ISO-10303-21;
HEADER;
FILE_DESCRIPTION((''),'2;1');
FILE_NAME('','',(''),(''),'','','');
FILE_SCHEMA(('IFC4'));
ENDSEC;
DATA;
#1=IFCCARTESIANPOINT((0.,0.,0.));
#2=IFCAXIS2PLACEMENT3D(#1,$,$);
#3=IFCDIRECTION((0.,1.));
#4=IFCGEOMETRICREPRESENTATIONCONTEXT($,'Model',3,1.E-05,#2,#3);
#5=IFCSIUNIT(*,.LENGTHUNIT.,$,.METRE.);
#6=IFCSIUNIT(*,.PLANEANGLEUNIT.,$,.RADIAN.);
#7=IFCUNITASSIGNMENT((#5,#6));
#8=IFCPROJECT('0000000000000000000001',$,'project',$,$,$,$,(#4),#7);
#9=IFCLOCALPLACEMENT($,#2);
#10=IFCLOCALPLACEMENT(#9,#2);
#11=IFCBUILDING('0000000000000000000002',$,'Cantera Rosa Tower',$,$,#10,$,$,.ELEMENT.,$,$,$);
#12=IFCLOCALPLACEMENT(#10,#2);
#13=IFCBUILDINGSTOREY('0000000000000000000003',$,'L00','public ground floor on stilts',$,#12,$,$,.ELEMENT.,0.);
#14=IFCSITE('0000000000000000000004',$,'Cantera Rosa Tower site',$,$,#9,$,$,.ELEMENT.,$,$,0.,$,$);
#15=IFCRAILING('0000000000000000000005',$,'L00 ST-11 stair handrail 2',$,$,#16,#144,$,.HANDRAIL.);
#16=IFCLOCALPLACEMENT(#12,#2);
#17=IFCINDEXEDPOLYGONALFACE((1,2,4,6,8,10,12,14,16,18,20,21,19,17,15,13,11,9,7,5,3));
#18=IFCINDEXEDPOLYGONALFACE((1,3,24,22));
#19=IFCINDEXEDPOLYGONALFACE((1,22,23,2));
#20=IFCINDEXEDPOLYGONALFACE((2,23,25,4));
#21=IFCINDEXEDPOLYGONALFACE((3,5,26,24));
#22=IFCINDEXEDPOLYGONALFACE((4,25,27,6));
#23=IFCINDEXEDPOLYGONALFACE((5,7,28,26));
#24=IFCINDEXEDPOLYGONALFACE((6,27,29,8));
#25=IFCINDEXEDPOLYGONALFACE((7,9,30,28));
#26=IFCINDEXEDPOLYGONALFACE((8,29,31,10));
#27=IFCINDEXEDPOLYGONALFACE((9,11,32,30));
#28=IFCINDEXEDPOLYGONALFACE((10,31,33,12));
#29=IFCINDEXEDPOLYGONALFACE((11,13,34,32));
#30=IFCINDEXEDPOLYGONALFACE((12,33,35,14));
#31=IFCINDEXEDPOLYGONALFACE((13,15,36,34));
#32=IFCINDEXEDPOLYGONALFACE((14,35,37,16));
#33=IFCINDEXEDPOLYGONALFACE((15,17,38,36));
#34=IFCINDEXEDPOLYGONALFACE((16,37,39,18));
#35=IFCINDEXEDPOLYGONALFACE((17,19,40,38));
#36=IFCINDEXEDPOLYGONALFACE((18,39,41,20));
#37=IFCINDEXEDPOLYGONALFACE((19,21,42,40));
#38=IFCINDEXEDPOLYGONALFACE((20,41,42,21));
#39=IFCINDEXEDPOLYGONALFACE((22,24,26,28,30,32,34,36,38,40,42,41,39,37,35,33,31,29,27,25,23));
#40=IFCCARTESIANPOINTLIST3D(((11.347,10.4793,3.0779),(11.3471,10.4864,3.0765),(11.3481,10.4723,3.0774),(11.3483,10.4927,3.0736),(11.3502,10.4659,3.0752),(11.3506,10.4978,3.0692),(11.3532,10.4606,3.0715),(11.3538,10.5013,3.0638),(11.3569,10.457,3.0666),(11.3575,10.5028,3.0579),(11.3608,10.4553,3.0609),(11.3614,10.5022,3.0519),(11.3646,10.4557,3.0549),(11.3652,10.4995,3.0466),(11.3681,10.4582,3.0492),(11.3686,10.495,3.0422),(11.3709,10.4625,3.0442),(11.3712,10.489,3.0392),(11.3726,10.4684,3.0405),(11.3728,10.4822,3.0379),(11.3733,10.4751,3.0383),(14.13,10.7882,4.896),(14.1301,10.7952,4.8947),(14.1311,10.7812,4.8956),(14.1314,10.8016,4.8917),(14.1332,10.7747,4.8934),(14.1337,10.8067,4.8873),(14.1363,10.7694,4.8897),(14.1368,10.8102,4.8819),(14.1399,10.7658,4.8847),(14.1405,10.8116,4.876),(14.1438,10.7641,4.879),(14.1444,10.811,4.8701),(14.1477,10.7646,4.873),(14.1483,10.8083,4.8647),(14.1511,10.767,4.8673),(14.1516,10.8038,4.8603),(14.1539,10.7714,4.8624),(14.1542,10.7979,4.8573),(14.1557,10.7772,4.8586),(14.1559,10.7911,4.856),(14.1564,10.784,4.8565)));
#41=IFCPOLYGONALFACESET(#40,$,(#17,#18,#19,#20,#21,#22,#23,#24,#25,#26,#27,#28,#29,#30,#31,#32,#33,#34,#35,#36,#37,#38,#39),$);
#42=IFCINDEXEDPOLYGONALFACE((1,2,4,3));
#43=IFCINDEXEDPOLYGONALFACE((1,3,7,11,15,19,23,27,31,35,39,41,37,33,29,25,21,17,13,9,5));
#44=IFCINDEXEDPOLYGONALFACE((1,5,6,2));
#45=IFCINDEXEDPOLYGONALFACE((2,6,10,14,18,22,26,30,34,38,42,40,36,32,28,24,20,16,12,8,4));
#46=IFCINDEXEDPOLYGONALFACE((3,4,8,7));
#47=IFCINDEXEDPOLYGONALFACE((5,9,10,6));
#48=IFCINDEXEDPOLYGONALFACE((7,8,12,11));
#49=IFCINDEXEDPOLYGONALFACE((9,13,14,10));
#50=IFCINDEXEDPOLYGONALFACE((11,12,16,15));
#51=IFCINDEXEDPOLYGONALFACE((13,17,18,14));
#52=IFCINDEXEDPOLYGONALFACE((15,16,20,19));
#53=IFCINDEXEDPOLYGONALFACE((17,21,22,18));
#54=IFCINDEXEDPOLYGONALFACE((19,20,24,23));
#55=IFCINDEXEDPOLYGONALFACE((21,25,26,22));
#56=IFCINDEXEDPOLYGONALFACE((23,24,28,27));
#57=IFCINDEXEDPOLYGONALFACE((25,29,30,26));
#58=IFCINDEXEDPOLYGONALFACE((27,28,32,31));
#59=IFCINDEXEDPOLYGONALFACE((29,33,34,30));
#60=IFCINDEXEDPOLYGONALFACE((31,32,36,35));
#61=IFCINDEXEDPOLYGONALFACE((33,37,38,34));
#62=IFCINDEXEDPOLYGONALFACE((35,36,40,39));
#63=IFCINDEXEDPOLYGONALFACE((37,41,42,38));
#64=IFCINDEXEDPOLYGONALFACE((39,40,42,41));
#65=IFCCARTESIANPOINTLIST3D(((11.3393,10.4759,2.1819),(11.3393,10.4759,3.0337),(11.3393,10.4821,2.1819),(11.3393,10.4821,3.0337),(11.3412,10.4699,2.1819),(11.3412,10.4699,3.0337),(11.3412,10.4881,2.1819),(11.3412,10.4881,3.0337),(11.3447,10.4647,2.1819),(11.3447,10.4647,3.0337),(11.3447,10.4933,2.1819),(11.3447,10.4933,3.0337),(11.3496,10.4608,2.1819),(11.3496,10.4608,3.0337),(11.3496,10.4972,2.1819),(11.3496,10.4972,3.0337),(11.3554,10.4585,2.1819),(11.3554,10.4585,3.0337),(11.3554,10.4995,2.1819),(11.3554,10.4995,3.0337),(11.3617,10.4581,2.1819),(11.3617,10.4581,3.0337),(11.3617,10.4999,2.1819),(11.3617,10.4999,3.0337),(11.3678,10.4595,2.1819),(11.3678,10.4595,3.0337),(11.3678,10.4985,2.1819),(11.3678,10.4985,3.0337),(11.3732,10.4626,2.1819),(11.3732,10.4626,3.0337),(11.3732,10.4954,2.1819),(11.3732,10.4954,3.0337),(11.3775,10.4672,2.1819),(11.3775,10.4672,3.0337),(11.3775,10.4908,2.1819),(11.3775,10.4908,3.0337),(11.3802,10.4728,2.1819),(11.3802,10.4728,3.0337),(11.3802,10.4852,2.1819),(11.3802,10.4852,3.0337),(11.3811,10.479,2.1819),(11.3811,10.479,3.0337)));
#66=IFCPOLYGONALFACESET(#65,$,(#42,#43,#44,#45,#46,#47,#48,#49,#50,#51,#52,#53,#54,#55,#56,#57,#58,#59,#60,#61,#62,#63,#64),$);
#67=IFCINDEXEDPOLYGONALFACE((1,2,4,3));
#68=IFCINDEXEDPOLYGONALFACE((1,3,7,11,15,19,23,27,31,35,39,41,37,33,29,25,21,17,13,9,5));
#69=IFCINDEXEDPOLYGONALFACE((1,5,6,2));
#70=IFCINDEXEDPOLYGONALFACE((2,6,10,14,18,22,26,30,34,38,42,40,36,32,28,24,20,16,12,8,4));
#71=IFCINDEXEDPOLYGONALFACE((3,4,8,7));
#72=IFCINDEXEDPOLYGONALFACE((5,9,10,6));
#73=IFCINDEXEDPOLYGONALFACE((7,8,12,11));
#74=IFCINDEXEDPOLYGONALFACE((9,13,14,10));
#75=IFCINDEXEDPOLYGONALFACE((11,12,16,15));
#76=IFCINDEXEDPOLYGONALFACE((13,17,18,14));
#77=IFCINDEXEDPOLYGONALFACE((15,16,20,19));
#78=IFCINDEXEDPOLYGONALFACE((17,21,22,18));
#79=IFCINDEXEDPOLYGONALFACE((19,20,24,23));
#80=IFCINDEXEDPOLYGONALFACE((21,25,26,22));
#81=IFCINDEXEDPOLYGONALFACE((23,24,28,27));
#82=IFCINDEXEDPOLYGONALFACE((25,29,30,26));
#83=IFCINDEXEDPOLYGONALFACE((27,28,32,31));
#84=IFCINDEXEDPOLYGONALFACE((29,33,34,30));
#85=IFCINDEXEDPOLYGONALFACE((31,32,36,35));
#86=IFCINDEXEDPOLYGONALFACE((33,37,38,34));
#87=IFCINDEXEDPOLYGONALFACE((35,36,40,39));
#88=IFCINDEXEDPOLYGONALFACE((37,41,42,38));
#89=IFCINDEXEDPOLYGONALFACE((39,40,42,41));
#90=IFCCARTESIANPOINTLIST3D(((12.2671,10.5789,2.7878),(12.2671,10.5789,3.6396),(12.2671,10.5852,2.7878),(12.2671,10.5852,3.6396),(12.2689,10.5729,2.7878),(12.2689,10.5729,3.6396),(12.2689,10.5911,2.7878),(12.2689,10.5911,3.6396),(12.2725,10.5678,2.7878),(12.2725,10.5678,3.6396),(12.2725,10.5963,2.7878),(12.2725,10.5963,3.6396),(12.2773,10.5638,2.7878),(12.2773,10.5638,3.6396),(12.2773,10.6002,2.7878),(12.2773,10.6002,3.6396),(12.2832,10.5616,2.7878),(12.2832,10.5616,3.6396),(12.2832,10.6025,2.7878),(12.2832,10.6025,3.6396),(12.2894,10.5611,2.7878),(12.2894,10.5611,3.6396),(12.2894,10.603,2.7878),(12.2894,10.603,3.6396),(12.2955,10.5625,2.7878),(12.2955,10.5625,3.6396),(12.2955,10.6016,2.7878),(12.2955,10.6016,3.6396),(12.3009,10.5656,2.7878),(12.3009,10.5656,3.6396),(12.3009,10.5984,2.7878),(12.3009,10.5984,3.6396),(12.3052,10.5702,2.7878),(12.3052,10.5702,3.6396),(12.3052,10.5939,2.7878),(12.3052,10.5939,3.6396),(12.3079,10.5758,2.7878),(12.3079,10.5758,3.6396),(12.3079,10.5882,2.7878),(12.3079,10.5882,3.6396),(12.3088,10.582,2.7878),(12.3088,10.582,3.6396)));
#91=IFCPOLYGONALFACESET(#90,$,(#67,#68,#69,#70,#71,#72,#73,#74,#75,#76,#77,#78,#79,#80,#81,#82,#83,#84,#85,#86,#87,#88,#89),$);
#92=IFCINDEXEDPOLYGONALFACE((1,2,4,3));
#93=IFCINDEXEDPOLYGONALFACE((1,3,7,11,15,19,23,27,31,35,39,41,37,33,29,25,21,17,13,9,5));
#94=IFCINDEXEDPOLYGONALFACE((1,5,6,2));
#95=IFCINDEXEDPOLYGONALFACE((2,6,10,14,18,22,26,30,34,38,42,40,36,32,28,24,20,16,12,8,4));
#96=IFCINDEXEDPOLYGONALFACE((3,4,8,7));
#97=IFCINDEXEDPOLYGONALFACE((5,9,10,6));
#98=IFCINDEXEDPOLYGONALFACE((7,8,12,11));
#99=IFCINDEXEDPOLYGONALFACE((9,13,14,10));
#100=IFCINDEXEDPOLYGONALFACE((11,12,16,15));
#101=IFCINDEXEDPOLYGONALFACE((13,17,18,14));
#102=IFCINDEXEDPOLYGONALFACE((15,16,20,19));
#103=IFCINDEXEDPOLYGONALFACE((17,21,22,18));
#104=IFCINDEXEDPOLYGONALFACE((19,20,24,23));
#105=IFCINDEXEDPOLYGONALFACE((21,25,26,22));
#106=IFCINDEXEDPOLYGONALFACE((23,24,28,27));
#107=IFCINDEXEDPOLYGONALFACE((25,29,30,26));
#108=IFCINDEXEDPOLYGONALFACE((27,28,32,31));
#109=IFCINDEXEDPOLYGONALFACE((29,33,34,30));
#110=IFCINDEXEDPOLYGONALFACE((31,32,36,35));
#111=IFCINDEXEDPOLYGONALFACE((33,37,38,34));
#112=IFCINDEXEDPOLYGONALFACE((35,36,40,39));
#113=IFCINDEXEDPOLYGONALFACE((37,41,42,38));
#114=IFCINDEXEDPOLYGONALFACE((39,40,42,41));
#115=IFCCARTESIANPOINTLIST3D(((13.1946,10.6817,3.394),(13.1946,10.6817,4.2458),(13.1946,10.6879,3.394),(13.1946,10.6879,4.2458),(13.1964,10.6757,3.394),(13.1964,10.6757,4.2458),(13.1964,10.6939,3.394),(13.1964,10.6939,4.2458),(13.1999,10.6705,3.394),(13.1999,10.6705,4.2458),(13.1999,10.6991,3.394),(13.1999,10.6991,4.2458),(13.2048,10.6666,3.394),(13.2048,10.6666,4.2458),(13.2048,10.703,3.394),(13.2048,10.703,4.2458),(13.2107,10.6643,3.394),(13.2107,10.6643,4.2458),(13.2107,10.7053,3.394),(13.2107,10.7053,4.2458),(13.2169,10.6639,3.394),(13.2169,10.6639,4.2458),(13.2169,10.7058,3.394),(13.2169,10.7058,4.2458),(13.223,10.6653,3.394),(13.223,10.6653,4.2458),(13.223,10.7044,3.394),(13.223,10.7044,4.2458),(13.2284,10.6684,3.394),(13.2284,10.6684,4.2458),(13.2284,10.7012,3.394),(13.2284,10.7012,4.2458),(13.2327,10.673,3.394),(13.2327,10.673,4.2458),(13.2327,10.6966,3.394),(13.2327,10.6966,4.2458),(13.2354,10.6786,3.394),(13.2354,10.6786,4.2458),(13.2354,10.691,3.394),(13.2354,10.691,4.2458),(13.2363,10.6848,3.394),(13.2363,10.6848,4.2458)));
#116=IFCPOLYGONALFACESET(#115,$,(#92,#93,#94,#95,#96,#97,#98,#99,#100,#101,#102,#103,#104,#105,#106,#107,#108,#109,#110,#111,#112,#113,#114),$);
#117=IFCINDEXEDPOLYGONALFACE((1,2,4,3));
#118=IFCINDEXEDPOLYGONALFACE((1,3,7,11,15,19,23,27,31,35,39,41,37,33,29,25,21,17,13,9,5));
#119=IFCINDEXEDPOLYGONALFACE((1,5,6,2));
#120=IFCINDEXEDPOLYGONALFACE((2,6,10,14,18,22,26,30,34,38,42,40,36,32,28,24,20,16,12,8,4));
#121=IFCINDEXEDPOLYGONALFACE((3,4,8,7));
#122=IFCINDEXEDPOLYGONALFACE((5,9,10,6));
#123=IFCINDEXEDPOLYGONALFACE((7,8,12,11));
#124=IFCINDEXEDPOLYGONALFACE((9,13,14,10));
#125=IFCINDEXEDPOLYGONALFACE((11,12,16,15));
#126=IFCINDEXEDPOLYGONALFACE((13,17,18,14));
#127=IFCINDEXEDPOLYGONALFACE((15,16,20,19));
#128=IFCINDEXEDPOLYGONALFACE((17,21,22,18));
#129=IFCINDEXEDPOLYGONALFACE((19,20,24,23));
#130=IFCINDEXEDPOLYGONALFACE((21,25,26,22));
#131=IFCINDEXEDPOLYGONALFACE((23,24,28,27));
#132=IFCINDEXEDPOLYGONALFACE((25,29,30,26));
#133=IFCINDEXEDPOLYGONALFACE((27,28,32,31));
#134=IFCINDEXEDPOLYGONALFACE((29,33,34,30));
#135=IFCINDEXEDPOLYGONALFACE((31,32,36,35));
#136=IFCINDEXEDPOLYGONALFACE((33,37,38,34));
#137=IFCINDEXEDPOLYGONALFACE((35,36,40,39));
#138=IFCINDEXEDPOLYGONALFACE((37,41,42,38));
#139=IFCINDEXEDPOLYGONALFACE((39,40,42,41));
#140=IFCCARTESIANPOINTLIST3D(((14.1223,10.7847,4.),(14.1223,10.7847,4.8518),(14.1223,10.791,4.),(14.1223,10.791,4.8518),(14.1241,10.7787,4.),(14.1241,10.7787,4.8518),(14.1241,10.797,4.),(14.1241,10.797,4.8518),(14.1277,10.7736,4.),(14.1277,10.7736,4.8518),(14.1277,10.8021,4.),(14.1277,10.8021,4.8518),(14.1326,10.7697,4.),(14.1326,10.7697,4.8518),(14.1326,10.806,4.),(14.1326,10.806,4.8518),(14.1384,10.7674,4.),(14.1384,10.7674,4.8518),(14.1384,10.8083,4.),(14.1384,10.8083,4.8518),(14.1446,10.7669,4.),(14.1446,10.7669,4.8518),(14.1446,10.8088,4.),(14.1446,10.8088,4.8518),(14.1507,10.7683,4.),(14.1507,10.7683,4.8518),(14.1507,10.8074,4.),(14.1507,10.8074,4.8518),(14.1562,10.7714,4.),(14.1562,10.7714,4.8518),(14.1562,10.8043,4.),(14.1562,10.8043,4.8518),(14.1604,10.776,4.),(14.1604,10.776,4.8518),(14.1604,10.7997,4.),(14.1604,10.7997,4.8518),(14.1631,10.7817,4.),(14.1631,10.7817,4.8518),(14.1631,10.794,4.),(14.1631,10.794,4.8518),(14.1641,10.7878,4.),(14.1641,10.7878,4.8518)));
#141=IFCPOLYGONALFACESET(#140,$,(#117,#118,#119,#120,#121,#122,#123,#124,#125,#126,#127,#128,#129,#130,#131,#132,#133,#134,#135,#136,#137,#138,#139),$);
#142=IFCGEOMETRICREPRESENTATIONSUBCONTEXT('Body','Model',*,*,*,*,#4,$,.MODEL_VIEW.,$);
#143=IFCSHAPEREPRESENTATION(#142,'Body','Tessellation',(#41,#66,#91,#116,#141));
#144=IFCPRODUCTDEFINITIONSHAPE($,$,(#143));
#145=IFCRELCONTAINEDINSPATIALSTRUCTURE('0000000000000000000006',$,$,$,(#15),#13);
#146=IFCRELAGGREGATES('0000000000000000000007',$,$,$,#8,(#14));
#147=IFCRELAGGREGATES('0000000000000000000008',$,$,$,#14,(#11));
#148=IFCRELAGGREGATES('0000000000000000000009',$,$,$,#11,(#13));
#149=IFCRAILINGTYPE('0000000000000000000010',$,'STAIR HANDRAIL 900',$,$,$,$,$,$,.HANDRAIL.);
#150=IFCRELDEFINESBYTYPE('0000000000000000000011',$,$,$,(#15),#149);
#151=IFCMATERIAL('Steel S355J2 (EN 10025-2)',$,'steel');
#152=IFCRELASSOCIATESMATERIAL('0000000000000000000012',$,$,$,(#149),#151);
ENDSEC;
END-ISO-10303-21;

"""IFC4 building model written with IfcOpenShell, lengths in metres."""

from ifc_helpers import new_model, si_unit, direction, frame, origin, origin_2d, place, context, subcontext, project, spatial, circle, extrude, material, type_object, element, save


model = new_model("IFC4")

# Units and contexts
model_context = context("Model", 3, precision=1e-05, world=origin(), true_north=direction((0.0, 1.0)))
body_context = subcontext(model_context, "Body", "Model", "MODEL_VIEW")
ifc_project = project(units=[si_unit("LENGTHUNIT", "METRE"), si_unit("PLANEANGLEUNIT", "RADIAN")], contexts=[model_context])

# Site, building, storey
site_placement = place(None, origin())
site = spatial("IfcSite", under=ifc_project, at=site_placement, Name="Cantera Rosa Tower site", CompositionType="ELEMENT", RefElevation=0.0)
building_placement = place(site_placement, origin())
building = spatial("IfcBuilding", under=site, at=building_placement, Name="Cantera Rosa Tower", CompositionType="ELEMENT")
storey_placement = place(building_placement, origin())
storey = spatial("IfcBuildingStorey", under=building, at=storey_placement, Name="L00", Description="public ground floor on stilts", CompositionType="ELEMENT", Elevation=0.0)

# Railing
ifc_material_1 = material(Name="Steel S355J2 (EN 10025-2)", Category="steel")
railing_type_1 = type_object("IfcRailingType", Name="STAIR HANDRAIL 900", PredefinedType="HANDRAIL", material=ifc_material_1)
for number, where, name in (
    (1, (11.3601, 10.479, 2.1819), "L00 ST-11 stair handrail 2"),
):
    element("IfcRailing", number, at=place(storey_placement, frame(where)), inside=storey, type_object=railing_type_1, Name=name, PredefinedType="HANDRAIL", context=body_context, shape_type="SweptSolid", body=[
        extrude(circle(Radius=0.0239, at=origin_2d()), frame((0.0, 0.0, 0.876), z_axis=(0.833588, 0.092507, 0.544586), x_axis=(-0.110298, 0.993899, 0.0)), (0.0, 0.0, 1.0), 3.3386),
        extrude(circle(Radius=0.021, at=origin_2d()), origin(), (0.0, 0.0, 1.0), 0.8518),
        extrude(circle(Radius=0.021, at=origin_2d()), frame((0.9277, 0.103, 0.606)), (0.0, 0.0, 1.0), 0.8518),
        extrude(circle(Radius=0.021, at=origin_2d()), frame((1.8552, 0.2058, 1.2122)), (0.0, 0.0, 1.0), 0.8518),
        extrude(circle(Radius=0.021, at=origin_2d()), frame((2.783, 0.3088, 1.8181)), (0.0, 0.0, 1.0), 0.8518),
    ])

save(model, "model.ifc")
